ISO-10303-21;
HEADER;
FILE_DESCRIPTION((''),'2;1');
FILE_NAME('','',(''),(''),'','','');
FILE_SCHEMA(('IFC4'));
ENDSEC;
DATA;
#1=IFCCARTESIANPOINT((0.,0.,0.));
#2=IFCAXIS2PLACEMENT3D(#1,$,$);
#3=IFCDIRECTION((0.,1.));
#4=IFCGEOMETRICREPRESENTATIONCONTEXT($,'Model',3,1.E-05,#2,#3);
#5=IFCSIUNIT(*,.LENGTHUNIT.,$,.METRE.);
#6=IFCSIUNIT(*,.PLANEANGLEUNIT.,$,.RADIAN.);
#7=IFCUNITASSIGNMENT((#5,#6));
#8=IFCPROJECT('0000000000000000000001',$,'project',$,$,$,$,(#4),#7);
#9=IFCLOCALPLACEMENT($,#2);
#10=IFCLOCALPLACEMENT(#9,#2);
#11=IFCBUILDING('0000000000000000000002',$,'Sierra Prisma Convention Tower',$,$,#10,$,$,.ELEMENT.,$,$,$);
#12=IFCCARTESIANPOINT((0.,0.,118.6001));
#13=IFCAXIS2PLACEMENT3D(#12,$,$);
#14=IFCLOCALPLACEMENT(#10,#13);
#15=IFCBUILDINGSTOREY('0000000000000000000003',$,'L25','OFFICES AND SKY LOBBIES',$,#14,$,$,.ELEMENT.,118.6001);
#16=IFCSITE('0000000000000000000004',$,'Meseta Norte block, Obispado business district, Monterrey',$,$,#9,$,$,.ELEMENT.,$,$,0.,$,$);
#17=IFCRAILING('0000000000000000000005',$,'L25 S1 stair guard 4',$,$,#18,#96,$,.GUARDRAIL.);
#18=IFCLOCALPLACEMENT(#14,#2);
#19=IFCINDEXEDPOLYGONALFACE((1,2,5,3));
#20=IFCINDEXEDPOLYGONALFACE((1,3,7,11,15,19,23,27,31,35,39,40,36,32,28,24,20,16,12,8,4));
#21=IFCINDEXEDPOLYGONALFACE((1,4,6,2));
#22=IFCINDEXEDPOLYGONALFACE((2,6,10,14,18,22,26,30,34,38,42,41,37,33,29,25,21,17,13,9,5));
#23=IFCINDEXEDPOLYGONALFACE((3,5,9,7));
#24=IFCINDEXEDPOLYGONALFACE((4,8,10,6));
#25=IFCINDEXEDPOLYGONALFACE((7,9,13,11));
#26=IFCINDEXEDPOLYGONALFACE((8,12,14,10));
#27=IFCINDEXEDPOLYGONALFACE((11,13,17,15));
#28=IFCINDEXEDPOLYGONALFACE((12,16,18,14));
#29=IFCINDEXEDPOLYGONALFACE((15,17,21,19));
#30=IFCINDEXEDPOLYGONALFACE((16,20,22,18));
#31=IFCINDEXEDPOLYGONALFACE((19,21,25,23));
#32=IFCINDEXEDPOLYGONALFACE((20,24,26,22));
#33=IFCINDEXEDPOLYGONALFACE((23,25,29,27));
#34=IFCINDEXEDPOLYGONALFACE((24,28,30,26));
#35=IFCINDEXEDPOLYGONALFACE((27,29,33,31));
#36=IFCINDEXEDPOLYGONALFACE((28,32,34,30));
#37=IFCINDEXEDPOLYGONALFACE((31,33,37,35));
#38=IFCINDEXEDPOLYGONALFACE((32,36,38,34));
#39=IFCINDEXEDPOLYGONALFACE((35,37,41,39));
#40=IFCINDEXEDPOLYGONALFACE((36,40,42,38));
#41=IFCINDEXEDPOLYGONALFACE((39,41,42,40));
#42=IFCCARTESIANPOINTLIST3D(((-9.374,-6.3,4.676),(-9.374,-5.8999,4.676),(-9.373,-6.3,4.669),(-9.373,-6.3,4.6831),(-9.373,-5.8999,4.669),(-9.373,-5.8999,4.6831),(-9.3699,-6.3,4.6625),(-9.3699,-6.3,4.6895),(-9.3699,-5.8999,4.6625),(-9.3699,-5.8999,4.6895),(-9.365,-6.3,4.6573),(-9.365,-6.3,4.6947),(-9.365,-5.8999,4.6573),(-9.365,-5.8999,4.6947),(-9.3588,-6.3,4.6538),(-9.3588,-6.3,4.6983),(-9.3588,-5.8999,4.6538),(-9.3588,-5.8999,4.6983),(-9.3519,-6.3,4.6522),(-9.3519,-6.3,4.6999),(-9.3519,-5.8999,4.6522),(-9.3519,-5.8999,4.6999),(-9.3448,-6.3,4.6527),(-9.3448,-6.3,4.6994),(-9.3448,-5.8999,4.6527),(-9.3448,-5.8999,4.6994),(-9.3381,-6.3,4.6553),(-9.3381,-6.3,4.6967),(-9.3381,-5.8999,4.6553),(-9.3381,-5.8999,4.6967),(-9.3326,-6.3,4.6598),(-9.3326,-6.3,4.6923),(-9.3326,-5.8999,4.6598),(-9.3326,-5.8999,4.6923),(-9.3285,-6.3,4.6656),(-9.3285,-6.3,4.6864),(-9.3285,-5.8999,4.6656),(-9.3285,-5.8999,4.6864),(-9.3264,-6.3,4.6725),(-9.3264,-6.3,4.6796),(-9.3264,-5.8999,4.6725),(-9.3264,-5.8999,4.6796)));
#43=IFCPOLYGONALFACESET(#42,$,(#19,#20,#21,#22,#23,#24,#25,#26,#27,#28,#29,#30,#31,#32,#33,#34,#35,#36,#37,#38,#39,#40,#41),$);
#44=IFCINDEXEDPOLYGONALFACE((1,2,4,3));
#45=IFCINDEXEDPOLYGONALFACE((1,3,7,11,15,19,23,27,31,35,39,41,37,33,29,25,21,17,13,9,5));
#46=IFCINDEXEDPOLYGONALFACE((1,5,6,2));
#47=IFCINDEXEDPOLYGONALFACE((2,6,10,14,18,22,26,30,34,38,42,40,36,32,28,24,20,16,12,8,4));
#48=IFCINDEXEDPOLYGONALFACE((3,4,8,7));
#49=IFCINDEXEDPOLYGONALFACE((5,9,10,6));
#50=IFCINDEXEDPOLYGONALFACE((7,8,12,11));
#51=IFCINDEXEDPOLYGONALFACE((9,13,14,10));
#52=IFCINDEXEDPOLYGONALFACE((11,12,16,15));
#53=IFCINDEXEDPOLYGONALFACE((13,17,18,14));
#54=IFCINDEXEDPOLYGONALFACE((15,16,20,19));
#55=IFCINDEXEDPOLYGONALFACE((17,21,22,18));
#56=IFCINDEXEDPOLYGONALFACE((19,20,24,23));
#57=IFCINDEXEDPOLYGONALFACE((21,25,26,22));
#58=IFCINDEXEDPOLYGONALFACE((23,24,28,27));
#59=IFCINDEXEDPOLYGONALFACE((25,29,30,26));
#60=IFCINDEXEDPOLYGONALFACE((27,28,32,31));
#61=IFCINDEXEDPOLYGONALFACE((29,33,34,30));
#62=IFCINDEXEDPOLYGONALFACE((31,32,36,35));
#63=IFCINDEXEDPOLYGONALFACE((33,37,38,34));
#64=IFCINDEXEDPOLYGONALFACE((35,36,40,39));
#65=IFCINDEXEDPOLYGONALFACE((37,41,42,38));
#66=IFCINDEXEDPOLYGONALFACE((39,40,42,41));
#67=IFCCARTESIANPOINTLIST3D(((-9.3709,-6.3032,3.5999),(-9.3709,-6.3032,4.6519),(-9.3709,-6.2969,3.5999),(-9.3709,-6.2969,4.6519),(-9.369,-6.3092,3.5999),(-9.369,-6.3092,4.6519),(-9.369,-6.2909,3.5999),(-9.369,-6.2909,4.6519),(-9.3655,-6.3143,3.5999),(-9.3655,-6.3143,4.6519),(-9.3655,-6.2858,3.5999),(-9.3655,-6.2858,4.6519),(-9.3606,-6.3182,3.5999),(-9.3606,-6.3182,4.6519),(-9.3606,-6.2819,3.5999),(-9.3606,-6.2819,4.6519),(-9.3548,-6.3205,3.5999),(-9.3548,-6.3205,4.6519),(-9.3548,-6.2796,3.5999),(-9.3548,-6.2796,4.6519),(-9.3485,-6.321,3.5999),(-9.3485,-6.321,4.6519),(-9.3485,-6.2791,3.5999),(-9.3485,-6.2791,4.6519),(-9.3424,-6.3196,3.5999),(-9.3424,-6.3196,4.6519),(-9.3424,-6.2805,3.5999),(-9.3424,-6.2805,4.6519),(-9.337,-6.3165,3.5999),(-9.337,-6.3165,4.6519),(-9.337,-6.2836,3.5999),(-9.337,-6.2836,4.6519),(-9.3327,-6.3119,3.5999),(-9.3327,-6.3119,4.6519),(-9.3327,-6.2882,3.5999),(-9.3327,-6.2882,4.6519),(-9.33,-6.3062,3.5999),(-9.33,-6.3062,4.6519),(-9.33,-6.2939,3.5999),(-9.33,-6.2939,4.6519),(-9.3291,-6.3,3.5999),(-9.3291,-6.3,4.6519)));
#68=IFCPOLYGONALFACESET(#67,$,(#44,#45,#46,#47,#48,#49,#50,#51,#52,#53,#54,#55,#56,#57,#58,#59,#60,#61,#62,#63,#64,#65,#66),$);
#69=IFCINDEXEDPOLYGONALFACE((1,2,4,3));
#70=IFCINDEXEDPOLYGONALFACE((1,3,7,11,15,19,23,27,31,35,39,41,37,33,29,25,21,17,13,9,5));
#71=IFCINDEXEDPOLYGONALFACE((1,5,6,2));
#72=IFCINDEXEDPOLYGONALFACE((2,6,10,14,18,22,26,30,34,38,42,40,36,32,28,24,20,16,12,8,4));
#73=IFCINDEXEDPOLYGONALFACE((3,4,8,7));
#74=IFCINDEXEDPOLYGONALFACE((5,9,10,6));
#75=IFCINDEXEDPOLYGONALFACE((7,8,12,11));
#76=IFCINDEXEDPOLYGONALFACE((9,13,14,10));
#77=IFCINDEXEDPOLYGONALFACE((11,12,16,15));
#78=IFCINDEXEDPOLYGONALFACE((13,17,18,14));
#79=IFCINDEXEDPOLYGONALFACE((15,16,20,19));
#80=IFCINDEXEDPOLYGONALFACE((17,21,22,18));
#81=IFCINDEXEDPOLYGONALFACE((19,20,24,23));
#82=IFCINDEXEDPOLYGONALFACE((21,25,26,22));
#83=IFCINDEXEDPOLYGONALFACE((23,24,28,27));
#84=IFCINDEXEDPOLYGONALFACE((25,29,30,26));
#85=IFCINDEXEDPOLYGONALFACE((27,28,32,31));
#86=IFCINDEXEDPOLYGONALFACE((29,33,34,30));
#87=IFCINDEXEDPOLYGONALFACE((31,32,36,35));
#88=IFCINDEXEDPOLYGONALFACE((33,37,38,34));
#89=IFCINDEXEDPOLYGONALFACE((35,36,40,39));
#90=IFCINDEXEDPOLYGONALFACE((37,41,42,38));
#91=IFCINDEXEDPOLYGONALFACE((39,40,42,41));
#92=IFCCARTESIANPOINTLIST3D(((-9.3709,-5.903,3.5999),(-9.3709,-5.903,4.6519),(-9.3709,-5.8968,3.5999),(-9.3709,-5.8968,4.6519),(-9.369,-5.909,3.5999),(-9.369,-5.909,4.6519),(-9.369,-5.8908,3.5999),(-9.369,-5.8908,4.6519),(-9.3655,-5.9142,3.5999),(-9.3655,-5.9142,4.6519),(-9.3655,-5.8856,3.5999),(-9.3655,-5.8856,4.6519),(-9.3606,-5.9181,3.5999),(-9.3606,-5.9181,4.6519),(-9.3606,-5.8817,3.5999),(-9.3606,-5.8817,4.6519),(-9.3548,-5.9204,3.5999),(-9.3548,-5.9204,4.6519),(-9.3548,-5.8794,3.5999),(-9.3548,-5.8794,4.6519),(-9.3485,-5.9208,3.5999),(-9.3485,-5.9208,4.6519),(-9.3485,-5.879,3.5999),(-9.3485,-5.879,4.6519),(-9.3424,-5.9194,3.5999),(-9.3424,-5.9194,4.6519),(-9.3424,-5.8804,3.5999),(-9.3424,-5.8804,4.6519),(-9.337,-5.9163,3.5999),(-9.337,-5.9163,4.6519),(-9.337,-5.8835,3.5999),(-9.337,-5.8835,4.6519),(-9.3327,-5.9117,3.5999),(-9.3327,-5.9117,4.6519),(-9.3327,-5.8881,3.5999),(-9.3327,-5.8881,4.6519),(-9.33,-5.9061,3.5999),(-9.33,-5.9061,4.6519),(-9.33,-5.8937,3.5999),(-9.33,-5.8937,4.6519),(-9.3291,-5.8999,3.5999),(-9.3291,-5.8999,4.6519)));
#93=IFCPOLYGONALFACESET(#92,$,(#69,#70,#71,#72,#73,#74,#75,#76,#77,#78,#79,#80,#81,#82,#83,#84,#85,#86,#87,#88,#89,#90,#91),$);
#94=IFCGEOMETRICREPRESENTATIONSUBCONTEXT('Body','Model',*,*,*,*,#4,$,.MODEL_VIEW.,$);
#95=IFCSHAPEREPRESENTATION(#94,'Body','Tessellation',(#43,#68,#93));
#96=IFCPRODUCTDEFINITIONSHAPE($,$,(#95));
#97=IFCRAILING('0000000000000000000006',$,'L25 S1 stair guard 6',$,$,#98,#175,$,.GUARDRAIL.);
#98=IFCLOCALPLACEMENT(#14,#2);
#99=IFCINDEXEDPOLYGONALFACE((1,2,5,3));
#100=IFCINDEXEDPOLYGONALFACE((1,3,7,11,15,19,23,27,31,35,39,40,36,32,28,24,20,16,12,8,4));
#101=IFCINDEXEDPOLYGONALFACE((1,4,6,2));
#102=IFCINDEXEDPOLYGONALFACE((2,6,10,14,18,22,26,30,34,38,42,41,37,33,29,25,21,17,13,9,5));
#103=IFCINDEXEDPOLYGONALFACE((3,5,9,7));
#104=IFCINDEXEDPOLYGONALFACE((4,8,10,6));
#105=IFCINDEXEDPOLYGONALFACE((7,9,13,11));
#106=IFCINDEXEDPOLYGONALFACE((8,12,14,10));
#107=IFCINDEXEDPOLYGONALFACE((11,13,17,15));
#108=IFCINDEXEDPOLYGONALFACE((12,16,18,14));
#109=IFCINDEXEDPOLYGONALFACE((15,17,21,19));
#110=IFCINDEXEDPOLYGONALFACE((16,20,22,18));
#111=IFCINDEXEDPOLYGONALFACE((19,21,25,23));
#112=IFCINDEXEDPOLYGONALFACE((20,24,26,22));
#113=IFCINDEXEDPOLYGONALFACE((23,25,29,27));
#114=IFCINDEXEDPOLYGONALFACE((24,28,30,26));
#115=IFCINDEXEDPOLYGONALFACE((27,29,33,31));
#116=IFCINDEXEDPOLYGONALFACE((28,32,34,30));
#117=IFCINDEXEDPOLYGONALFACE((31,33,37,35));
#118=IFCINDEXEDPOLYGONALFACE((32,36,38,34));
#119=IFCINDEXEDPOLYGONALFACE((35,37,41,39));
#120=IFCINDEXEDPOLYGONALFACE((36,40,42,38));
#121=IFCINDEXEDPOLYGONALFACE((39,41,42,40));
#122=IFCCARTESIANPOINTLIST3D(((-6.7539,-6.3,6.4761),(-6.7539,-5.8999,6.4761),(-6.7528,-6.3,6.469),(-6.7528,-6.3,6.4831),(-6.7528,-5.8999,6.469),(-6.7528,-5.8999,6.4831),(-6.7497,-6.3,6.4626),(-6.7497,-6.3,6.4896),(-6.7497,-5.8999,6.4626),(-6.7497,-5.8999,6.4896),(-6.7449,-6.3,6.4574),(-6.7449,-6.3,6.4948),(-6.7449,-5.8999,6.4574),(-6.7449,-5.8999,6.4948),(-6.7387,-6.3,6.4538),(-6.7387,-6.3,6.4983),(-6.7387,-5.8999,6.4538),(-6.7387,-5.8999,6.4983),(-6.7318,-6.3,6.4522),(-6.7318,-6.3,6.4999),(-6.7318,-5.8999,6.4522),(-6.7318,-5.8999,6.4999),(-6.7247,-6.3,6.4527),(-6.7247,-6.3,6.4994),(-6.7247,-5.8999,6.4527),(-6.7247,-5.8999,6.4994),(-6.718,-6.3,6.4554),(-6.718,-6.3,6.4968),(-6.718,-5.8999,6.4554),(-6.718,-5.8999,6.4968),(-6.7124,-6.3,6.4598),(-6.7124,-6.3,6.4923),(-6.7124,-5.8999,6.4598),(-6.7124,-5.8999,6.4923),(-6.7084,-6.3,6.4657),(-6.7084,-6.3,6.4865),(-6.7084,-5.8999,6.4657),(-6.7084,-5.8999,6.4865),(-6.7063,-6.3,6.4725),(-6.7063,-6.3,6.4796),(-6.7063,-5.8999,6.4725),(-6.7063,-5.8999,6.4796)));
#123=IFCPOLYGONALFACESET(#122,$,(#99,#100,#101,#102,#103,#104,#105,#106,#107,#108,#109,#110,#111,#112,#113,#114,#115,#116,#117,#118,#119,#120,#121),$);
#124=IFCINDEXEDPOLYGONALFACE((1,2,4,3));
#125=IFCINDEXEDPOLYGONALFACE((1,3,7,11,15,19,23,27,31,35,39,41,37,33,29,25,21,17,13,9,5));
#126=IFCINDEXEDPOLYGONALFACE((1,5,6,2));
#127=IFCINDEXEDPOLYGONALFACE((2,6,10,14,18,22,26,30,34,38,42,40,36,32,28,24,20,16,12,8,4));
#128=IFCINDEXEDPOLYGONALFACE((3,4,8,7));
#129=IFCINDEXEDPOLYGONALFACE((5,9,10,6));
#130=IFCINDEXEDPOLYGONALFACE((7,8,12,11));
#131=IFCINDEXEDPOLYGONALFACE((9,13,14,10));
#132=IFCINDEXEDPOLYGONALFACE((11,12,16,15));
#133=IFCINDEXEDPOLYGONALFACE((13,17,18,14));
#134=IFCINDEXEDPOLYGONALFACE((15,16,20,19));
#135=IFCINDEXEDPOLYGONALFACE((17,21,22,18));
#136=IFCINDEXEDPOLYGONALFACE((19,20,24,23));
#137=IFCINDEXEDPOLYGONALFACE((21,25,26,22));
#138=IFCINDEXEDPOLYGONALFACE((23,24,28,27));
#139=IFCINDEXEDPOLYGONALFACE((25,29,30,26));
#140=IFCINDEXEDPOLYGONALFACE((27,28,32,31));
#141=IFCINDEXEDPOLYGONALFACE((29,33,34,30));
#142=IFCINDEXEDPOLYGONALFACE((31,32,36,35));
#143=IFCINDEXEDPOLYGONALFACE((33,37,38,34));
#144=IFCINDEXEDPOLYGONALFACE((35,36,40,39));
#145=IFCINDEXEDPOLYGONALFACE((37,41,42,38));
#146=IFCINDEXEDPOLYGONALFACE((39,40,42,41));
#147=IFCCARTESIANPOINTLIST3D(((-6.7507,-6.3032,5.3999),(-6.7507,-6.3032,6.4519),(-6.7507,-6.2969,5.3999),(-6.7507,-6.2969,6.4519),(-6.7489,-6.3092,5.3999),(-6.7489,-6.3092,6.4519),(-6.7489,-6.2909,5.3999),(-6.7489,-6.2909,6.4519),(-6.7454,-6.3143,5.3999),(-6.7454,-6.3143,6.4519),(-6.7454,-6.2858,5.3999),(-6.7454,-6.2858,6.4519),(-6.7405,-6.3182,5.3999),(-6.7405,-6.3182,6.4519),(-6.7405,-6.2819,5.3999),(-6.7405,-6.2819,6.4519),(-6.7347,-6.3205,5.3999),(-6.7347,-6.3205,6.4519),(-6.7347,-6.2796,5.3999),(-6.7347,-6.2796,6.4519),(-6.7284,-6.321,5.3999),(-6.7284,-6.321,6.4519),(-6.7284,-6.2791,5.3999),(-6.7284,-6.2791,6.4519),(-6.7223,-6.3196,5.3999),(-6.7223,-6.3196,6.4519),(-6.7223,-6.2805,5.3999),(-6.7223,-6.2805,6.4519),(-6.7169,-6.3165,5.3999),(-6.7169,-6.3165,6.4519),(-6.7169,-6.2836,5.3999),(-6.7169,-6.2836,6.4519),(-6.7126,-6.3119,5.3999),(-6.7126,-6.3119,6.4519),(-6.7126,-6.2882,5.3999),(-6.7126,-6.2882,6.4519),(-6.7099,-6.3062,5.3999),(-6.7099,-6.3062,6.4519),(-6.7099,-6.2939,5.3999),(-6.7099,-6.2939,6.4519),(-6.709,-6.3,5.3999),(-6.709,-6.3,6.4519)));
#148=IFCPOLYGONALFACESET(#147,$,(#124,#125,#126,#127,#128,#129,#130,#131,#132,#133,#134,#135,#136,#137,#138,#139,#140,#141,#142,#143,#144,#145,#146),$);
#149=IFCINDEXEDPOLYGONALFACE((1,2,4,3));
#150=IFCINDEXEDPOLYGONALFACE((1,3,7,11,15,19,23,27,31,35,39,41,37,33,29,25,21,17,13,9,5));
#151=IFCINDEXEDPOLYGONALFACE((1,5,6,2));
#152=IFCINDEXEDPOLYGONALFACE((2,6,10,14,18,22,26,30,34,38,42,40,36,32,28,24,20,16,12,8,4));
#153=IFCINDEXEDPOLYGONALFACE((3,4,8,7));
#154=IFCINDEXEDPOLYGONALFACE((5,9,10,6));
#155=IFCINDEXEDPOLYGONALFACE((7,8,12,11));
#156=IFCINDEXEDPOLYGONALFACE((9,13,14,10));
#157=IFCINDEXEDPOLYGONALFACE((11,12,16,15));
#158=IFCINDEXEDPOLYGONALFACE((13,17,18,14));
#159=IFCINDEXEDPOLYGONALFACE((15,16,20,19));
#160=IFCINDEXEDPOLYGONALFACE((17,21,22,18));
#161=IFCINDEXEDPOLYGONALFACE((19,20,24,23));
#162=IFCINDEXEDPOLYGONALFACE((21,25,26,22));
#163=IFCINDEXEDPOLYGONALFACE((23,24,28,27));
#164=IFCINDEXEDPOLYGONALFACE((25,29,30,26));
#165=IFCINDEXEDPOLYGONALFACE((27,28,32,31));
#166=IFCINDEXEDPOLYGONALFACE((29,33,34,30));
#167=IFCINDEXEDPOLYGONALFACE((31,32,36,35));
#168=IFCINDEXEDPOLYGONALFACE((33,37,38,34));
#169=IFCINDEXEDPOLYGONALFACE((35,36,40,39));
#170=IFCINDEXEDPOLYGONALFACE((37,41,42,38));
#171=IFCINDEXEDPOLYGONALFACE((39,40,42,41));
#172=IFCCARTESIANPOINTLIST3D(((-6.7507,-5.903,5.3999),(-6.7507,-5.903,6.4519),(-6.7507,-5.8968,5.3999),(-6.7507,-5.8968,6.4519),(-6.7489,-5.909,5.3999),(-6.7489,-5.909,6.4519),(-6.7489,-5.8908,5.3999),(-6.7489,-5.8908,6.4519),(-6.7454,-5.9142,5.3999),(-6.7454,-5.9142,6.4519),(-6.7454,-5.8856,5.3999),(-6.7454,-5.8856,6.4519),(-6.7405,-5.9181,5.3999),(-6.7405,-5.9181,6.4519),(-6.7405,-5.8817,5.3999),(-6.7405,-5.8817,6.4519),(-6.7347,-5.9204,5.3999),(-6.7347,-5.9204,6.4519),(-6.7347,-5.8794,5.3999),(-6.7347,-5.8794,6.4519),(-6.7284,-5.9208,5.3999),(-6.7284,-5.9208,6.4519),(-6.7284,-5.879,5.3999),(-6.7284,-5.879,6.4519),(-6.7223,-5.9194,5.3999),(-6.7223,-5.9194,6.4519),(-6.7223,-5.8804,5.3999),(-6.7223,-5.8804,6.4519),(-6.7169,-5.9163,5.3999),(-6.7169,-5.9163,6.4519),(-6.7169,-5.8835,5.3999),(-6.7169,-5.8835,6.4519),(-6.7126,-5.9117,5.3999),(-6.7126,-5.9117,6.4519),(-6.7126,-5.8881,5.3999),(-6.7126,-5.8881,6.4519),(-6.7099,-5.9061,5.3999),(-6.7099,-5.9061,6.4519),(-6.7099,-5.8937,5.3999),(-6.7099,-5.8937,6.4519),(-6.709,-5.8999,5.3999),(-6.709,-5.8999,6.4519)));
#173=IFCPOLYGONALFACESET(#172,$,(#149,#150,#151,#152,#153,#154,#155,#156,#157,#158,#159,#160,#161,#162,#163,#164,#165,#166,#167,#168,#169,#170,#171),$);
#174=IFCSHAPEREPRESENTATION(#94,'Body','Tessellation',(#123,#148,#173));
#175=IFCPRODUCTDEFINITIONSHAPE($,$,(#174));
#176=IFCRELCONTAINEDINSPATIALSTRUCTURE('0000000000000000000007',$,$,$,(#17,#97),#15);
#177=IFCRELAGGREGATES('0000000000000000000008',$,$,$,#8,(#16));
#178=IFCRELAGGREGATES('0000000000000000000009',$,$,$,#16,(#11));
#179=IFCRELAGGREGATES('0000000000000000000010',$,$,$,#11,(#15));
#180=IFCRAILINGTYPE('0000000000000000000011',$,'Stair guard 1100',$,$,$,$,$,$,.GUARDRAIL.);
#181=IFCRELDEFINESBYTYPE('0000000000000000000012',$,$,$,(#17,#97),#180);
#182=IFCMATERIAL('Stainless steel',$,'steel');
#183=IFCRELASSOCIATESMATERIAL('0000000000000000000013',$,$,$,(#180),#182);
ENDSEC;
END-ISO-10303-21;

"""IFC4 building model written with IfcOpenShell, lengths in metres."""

from ifc_helpers import new_model, si_unit, direction, frame, origin, origin_2d, place, context, subcontext, project, spatial, circle, extrude, material, type_object, element, save


model = new_model("IFC4")

# Units and contexts
model_context = context("Model", 3, precision=1e-05, world=origin(), true_north=direction((0.0, 1.0)))
body_context = subcontext(model_context, "Body", "Model", "MODEL_VIEW")
ifc_project = project(units=[si_unit("LENGTHUNIT", "METRE"), si_unit("PLANEANGLEUNIT", "RADIAN")], contexts=[model_context])

# Site, building, storey
site_placement = place(None, origin())
site = spatial("IfcSite", under=ifc_project, at=site_placement, Name="Meseta Norte block, Obispado business district, Monterrey", CompositionType="ELEMENT", RefElevation=0.0)
building_placement = place(site_placement, origin())
building = spatial("IfcBuilding", under=site, at=building_placement, Name="Sierra Prisma Convention Tower", CompositionType="ELEMENT")
storey_placement = place(building_placement, frame((0.0, 0.0, 118.6001)))
storey = spatial("IfcBuildingStorey", under=building, at=storey_placement, Name="L25", Description="OFFICES AND SKY LOBBIES", CompositionType="ELEMENT", Elevation=118.6001)

# Railings
ifc_material_1 = material(Name="Stainless steel", Category="steel")
railing_type_1 = type_object("IfcRailingType", Name="Stair guard 1100", PredefinedType="GUARDRAIL", material=ifc_material_1)
for number, where, name in (
    (1, (-9.3501, -6.3, 3.5999), "L25 S1 stair guard 4"),
    (2, (-6.73, -6.3, 5.3999), "L25 S1 stair guard 6"),
):
    element("IfcRailing", number, at=place(storey_placement, frame(where)), inside=storey, type_object=railing_type_1, Name=name, PredefinedType="GUARDRAIL", context=body_context, shape_type="SweptSolid", body=[
        extrude(circle(Radius=0.0239, at=origin_2d()), frame((0.0, 0.0, 1.0762), z_axis=(0.0, 1.0, 0.0), x_axis=(-1.0, 0.0, 0.0)), (0.0, 0.0, 1.0), 0.4001),
        extrude(circle(Radius=0.021, at=origin_2d()), origin(), (0.0, 0.0, 1.0), 1.052),
        extrude(circle(Radius=0.021, at=origin_2d()), frame((0.0, 0.4001, 0.0)), (0.0, 0.0, 1.0), 1.052),
    ])

save(model, "model.ifc")
